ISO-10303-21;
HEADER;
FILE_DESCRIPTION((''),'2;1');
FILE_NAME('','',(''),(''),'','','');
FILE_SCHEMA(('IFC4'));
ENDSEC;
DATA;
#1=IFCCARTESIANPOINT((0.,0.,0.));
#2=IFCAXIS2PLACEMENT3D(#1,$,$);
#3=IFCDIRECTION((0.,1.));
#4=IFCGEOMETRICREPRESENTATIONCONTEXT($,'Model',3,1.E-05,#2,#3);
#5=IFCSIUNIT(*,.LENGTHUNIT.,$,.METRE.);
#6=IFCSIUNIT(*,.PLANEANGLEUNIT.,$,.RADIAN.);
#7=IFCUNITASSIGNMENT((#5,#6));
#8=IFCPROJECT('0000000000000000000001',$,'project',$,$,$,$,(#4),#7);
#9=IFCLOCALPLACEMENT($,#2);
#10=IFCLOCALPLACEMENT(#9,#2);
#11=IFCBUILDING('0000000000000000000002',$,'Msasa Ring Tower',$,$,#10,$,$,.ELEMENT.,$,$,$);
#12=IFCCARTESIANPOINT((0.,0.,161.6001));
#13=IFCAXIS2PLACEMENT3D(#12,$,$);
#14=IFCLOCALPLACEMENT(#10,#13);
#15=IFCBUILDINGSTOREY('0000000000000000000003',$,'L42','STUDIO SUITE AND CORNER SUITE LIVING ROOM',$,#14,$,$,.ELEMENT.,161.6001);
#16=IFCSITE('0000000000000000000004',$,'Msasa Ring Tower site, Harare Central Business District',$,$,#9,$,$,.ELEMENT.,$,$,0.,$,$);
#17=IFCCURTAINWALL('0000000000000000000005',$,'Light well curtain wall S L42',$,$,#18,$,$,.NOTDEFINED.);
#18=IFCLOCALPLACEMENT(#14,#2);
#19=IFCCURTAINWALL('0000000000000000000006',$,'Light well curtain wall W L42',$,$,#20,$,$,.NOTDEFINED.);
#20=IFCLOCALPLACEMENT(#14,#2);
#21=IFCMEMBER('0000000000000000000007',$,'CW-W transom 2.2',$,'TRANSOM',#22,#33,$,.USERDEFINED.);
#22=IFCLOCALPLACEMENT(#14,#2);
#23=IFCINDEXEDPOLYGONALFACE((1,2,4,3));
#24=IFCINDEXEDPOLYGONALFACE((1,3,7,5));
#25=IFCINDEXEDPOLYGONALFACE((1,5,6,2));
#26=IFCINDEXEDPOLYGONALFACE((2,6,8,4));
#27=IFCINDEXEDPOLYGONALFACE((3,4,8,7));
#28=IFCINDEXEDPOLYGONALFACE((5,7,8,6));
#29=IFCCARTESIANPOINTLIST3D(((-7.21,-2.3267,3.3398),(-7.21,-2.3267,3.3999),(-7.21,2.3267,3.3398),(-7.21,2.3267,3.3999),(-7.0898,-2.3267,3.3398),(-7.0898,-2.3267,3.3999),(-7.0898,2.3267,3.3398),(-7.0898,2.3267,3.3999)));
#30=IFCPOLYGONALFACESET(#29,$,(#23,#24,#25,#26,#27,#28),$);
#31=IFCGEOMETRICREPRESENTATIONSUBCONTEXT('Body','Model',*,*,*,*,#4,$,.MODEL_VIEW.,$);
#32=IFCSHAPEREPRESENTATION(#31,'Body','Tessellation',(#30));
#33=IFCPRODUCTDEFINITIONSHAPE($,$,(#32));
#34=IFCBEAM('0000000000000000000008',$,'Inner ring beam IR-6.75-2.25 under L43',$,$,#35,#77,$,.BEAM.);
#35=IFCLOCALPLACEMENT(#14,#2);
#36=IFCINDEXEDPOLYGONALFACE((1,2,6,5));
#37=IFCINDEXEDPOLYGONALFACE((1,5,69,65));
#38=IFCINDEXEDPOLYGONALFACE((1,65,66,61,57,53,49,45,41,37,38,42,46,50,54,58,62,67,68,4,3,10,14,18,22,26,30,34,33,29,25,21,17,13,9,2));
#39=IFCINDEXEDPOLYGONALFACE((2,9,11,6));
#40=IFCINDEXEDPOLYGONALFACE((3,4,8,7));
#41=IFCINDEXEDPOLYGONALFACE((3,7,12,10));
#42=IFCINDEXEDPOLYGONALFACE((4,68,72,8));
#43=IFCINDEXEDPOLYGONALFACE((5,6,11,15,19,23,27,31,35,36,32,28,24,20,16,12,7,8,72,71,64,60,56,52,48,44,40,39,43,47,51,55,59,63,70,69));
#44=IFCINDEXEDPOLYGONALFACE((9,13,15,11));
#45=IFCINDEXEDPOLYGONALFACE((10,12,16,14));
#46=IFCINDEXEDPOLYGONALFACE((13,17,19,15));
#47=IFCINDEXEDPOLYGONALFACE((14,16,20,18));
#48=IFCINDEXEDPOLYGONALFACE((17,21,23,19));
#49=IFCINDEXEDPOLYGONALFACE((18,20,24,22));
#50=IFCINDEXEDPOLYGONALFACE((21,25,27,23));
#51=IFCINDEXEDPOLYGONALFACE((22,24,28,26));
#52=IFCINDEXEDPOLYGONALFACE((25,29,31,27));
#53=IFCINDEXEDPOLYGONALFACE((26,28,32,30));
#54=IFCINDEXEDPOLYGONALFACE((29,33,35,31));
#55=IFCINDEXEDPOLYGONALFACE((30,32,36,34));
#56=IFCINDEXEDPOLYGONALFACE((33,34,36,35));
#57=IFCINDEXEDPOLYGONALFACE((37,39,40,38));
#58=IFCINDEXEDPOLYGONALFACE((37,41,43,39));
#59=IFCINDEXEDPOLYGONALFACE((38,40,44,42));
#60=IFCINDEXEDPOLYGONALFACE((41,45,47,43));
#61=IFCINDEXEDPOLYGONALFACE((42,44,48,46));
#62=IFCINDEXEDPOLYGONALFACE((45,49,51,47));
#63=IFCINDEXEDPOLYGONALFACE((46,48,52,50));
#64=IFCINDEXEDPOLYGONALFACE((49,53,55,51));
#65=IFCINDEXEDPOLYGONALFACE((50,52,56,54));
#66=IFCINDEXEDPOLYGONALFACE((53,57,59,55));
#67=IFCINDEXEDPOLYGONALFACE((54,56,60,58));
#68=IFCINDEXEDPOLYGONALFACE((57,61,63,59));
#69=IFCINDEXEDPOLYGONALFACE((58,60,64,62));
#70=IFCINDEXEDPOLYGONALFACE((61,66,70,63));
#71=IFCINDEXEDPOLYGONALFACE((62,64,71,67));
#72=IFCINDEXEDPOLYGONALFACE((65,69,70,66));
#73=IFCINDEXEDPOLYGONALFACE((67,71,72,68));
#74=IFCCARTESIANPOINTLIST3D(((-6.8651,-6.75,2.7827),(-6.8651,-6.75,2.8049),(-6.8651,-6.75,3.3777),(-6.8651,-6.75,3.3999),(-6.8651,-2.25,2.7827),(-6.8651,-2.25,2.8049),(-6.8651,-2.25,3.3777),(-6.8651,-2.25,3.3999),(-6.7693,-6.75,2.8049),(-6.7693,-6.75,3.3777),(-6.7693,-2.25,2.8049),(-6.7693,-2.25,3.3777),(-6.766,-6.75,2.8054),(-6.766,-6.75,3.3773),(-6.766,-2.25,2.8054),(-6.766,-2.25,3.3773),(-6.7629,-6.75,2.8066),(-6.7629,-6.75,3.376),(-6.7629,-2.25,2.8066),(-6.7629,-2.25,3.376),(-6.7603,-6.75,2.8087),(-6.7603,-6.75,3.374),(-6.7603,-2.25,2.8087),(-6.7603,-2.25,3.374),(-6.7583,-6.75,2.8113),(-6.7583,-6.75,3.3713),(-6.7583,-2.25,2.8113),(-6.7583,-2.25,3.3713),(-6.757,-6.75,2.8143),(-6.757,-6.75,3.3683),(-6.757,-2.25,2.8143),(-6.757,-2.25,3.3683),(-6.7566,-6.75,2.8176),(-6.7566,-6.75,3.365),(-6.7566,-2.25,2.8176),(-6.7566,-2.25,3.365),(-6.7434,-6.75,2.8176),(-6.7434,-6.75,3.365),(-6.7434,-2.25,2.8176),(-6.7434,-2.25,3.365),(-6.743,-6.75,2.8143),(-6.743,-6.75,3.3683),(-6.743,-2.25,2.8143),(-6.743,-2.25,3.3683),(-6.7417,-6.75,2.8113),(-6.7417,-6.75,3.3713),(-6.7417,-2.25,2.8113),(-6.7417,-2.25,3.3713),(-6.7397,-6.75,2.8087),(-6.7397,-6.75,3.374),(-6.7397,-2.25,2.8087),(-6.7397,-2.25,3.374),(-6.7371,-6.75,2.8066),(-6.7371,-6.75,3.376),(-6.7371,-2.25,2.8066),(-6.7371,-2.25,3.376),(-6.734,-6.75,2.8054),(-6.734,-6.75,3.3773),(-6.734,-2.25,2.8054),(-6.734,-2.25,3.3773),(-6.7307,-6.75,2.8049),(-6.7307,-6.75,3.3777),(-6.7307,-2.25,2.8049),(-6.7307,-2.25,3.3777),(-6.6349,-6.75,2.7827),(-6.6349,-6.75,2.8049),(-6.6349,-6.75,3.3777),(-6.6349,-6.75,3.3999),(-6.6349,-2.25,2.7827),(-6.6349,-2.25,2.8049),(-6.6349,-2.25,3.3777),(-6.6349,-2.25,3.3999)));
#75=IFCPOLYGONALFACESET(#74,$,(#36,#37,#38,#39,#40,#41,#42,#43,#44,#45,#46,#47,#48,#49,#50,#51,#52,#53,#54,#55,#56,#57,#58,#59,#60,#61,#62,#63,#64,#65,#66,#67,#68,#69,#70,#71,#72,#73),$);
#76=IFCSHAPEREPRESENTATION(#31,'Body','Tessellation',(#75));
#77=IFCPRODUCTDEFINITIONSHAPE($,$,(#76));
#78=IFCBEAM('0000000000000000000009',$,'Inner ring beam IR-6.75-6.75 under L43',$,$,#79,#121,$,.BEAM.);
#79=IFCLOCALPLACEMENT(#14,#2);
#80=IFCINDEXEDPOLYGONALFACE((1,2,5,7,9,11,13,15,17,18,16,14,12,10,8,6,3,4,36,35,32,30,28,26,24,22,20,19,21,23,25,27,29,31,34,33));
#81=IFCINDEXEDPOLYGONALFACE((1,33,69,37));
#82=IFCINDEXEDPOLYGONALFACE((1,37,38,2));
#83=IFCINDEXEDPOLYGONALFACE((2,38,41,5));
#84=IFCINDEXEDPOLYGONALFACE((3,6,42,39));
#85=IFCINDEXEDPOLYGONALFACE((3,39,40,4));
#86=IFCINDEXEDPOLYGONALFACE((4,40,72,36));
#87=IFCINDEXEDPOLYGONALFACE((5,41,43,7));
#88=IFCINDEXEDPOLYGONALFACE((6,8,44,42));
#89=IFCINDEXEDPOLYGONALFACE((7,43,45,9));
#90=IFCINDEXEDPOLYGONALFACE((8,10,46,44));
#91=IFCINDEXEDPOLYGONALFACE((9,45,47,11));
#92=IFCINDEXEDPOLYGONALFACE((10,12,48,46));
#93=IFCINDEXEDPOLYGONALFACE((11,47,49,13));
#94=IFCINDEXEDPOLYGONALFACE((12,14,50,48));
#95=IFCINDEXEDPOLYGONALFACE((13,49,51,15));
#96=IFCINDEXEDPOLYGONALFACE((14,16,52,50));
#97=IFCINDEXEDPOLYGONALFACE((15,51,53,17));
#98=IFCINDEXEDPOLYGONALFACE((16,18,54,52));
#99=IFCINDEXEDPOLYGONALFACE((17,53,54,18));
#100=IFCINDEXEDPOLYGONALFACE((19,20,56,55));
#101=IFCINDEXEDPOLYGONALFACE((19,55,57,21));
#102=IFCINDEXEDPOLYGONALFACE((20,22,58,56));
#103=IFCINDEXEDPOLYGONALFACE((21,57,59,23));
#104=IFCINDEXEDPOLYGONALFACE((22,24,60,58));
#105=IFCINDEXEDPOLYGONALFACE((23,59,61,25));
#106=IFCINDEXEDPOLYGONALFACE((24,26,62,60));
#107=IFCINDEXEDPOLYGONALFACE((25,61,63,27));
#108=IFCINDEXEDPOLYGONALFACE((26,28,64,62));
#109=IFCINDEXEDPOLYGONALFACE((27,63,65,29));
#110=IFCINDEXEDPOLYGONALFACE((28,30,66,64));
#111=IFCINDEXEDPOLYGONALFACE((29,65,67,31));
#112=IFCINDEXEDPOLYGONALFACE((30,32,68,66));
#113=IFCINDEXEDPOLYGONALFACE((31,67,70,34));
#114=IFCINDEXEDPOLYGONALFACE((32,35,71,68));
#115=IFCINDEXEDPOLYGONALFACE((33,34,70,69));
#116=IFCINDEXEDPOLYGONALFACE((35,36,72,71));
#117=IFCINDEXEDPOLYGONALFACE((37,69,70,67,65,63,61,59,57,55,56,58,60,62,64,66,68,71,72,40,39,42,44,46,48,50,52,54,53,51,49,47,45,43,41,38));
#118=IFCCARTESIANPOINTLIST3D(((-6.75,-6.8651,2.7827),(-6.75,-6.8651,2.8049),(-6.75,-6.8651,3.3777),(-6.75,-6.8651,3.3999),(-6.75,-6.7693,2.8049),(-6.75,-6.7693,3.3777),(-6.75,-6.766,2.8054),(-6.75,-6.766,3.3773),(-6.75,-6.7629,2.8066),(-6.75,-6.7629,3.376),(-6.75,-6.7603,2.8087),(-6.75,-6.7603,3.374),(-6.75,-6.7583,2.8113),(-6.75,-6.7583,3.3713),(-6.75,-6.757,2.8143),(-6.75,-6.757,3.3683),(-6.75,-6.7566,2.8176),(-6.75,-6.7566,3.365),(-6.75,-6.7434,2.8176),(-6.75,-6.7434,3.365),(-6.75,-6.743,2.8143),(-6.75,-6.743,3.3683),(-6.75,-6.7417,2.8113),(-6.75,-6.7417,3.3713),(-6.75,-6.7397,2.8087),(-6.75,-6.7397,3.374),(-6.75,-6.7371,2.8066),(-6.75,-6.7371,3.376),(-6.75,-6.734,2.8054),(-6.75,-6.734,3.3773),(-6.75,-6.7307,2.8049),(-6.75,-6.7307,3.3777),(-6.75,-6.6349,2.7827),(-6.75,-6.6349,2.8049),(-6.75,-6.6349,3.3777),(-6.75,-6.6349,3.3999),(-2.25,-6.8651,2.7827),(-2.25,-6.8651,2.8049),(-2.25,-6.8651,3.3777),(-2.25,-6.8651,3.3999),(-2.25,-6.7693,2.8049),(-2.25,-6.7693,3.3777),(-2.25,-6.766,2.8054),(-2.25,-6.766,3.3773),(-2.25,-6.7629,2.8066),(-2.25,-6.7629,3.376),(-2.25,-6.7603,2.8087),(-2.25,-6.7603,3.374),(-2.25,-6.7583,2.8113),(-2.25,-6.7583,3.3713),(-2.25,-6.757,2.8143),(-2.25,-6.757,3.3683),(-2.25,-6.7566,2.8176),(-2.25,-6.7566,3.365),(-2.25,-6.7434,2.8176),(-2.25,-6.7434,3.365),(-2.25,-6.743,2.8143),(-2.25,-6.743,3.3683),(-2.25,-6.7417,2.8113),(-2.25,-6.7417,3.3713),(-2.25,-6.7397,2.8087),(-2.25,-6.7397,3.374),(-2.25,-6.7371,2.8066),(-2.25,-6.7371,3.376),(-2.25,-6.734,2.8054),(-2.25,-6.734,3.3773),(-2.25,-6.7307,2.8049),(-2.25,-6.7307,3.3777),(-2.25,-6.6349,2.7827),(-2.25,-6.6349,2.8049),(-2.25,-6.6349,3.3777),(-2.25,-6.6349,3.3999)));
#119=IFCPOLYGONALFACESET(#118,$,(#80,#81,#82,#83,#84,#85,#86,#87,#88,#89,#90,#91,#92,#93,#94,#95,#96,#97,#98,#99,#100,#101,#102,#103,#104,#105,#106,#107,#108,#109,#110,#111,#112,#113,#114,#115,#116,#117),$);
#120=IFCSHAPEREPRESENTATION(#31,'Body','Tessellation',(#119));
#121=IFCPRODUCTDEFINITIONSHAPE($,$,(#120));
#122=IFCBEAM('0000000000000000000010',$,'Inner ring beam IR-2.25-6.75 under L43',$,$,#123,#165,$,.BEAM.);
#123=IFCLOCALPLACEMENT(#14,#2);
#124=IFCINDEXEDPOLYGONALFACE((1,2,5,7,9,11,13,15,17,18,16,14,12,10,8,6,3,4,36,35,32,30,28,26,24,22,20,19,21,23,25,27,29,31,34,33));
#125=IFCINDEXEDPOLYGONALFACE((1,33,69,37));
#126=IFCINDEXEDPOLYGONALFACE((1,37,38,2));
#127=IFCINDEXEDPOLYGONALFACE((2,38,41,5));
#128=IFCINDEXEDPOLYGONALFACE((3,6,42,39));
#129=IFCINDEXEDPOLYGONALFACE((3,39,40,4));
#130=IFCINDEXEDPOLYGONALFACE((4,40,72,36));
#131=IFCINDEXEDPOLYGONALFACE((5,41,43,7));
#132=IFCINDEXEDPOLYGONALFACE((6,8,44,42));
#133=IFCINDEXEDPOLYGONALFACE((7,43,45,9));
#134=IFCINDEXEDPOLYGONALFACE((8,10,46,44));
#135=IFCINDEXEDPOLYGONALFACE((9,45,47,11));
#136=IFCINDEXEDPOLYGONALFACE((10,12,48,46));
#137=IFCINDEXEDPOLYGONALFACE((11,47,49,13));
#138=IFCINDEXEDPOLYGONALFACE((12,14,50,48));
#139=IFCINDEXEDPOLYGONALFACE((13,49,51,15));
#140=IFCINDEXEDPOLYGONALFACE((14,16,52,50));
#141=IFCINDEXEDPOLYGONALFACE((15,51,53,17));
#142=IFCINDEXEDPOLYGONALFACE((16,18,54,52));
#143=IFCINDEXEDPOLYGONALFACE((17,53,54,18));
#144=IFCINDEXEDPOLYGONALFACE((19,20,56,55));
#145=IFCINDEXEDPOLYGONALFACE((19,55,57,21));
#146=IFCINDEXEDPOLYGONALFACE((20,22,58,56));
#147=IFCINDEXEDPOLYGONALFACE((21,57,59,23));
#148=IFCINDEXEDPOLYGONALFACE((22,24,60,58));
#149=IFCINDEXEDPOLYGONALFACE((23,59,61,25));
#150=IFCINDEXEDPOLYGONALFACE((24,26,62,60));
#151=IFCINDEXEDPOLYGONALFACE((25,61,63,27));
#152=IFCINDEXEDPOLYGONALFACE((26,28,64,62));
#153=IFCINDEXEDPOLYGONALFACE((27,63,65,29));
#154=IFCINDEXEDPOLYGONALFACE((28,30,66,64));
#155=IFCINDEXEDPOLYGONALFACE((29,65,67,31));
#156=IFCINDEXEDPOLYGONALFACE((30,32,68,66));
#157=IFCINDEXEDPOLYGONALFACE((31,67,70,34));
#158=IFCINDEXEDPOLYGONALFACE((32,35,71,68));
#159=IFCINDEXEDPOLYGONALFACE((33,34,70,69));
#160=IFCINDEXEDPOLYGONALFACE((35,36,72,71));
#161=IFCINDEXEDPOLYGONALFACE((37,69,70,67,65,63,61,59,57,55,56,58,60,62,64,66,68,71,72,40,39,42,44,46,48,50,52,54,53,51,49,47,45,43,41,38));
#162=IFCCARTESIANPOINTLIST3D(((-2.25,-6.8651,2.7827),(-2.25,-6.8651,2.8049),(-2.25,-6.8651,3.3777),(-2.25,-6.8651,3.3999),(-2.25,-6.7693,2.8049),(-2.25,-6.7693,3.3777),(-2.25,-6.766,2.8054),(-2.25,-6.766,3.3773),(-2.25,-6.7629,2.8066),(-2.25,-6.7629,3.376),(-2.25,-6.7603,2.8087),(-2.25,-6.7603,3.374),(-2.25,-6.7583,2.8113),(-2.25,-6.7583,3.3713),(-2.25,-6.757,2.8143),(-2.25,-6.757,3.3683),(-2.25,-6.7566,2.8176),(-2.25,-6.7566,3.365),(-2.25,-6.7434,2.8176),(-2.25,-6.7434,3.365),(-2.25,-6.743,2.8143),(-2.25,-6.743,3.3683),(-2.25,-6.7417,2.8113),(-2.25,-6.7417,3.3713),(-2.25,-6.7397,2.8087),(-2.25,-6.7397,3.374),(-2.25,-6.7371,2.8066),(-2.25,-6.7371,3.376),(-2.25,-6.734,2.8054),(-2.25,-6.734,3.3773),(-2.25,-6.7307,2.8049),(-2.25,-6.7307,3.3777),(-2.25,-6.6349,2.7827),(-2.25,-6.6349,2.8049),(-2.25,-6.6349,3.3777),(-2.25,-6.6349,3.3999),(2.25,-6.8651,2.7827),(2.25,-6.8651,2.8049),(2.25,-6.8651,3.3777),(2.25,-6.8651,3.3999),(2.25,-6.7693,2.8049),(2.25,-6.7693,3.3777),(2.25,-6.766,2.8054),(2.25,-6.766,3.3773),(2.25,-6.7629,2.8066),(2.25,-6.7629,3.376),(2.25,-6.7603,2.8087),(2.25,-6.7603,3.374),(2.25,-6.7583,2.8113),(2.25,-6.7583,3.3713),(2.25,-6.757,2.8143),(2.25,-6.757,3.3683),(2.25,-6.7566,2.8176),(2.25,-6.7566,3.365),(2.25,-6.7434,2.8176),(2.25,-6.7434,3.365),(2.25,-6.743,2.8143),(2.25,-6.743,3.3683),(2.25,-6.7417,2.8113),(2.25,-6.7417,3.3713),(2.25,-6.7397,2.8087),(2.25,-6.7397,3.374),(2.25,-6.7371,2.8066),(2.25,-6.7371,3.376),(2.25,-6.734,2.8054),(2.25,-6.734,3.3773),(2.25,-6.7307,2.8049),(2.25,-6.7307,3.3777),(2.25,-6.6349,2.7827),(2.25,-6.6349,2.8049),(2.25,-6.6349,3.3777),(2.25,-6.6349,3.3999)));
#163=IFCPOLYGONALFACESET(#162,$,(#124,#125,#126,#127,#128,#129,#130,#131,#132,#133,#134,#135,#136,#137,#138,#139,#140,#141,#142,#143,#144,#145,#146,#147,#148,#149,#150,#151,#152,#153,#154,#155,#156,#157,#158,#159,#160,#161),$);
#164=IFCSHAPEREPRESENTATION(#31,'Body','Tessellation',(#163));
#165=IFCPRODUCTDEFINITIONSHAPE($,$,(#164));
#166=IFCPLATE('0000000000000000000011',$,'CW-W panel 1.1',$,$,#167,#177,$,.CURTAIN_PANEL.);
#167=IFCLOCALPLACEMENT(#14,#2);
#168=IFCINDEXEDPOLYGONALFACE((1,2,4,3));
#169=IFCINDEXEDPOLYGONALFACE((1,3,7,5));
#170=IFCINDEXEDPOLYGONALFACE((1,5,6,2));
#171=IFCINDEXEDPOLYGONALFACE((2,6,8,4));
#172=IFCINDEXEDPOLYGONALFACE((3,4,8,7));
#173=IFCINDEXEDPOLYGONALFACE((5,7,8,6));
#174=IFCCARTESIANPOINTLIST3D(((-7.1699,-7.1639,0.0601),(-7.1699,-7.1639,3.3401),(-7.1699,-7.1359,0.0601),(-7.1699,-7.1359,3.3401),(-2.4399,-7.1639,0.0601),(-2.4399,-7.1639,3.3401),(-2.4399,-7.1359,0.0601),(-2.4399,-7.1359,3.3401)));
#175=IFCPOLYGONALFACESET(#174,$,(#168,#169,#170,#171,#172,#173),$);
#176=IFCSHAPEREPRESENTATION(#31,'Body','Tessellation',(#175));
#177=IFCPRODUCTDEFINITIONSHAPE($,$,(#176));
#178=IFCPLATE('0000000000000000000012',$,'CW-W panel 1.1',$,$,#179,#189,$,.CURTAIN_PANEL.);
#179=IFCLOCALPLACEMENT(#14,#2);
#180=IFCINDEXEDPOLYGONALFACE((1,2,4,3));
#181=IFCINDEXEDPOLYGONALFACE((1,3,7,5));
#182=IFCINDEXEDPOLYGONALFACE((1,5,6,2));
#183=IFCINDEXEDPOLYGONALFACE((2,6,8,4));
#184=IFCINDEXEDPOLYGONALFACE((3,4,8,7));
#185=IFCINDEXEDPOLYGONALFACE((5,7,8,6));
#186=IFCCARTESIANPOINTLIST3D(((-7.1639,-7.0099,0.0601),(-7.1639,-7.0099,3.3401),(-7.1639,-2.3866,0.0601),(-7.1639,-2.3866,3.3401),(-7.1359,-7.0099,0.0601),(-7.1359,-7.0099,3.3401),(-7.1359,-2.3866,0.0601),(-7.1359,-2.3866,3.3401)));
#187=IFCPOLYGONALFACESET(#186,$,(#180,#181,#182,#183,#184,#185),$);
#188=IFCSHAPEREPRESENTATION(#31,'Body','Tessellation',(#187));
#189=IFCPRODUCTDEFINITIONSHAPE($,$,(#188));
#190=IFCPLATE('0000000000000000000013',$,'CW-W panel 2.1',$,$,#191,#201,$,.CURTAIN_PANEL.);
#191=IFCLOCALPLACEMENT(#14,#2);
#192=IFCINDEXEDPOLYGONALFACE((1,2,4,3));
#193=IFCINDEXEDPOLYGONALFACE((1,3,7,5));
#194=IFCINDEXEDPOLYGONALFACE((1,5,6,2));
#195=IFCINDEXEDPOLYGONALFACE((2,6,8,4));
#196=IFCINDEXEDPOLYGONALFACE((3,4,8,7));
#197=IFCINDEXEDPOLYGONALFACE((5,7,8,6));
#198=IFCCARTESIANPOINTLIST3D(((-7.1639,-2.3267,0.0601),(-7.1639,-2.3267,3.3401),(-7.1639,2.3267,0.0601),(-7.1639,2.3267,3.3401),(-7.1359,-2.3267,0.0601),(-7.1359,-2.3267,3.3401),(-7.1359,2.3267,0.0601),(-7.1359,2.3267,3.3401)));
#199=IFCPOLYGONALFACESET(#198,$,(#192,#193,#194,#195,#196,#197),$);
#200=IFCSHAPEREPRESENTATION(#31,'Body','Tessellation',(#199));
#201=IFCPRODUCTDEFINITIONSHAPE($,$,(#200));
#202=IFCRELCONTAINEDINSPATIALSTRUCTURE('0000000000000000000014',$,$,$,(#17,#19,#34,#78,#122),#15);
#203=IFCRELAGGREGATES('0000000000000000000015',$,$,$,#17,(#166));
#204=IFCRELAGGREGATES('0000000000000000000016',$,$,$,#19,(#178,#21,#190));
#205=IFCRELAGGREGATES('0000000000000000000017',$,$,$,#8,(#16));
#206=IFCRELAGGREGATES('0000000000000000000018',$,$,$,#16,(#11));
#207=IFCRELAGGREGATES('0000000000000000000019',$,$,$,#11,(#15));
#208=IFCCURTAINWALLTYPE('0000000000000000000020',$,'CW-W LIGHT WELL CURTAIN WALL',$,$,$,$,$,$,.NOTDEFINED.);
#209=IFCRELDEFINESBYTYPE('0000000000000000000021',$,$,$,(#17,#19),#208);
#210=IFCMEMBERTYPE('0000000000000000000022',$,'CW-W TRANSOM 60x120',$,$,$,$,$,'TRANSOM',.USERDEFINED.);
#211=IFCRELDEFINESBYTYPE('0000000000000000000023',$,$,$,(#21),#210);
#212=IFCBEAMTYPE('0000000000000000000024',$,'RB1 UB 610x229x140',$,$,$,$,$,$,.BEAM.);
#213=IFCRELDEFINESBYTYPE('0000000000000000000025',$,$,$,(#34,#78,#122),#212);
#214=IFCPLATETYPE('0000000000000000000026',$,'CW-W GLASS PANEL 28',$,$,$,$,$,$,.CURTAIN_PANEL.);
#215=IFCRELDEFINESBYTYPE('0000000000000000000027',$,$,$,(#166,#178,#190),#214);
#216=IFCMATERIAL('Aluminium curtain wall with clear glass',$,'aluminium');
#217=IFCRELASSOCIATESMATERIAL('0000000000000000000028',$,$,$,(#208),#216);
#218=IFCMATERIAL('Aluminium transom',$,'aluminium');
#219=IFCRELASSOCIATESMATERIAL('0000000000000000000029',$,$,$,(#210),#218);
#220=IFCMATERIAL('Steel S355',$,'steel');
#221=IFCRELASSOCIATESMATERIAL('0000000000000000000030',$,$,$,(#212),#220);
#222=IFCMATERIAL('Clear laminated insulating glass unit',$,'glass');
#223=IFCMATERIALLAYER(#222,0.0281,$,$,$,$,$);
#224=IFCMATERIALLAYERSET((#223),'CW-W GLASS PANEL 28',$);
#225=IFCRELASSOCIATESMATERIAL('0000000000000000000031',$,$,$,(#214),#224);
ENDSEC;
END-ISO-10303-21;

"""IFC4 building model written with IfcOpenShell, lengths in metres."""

from ifc_helpers import new_model, si_unit, direction, frame, origin, origin_2d, place, context, subcontext, project, spatial, rectangle, i_section, extrude, material, layer, layer_set, material_profile, profile_set, type_object, element, aggregate, save


model = new_model("IFC4")

# Units and contexts
model_context = context("Model", 3, precision=1e-05, world=origin(), true_north=direction((0.0, 1.0)))
body_context = subcontext(model_context, "Body", "Model", "MODEL_VIEW")
ifc_project = project(units=[si_unit("LENGTHUNIT", "METRE"), si_unit("PLANEANGLEUNIT", "RADIAN")], contexts=[model_context])

# Site, building, storey
site_placement = place(None, origin())
site = spatial("IfcSite", under=ifc_project, at=site_placement, Name="Msasa Ring Tower site, Harare Central Business District", CompositionType="ELEMENT", RefElevation=0.0)
building_placement = place(site_placement, origin())
building = spatial("IfcBuilding", under=site, at=building_placement, Name="Msasa Ring Tower", CompositionType="ELEMENT")
storey_placement = place(building_placement, frame((0.0, 0.0, 161.6001)))
storey = spatial("IfcBuildingStorey", under=building, at=storey_placement, Name="L42", Description="STUDIO SUITE AND CORNER SUITE LIVING ROOM", CompositionType="ELEMENT", Elevation=161.6001)

# Curtain walls
ifc_material_1 = material(Name="Aluminium curtain wall with clear glass", Category="aluminium")
curtain_wall_type = type_object("IfcCurtainWallType", Name="CW-W LIGHT WELL CURTAIN WALL", PredefinedType="NOTDEFINED", material=ifc_material_1)
curtain_wall_1_placement = place(storey_placement, origin())
curtain_wall_1 = element("IfcCurtainWall", 1, at=curtain_wall_1_placement, inside=storey, type_object=curtain_wall_type, Name="Light well curtain wall S L42", PredefinedType="NOTDEFINED")
curtain_wall_2_placement = place(storey_placement, origin())
curtain_wall_2 = element("IfcCurtainWall", 2, at=curtain_wall_2_placement, inside=storey, type_object=curtain_wall_type, Name="Light well curtain wall W L42", PredefinedType="NOTDEFINED")

# Member
ifc_material_2 = material(Name="Aluminium transom", Category="aluminium")
ifc_material_profile_1 = material_profile(ifc_material_2, rectangle(XDim=0.1201, YDim=0.0601, at=origin_2d()), Name="AL 60x120")
ifc_profile_set_1 = profile_set([ifc_material_profile_1], Name="Aluminium transom")
member_type_1 = type_object("IfcMemberType", Name="CW-W TRANSOM 60x120", ElementType="TRANSOM", PredefinedType="USERDEFINED", material=ifc_profile_set_1)
member_1_placement = place(storey_placement, frame((-7.1499, -2.3267, 3.3699), z_axis=(0.0, 1.0, 0.0), x_axis=(-1.0, 0.0, 0.0)))
member_1 = element("IfcMember", 3, at=member_1_placement, type_object=member_type_1, Name="CW-W transom 2.2", ObjectType="TRANSOM", PredefinedType="USERDEFINED", context=body_context, shape_type="SweptSolid", body=[
    extrude(rectangle(XDim=0.1201, YDim=0.0601, at=origin_2d()), origin(), (0.0, 0.0, 1.0), 4.6533),
])

# Beams
ifc_material_3 = material(Name="Steel S355", Category="steel")
ifc_material_profile_2 = material_profile(ifc_material_3, i_section(OverallWidth=0.2302, OverallDepth=0.6172, WebThickness=0.0132, FlangeThickness=0.0222, FilletRadius=0.0127, at=origin_2d()), Name="UB 610x229x140")
ifc_profile_set_2 = profile_set([ifc_material_profile_2], Name="Steel S355")
beam_type = type_object("IfcBeamType", Name="RB1 UB 610x229x140", PredefinedType="BEAM", material=ifc_profile_set_2)
for number, where, z_axis, x_axis, name in (
    (4, (-6.75, -2.25, 3.0913), (0.0, -1.0, 0.0), (1.0, 0.0, 0.0), "Inner ring beam IR-6.75-2.25 under L43"),
    (5, (-6.75, -6.75, 3.0913), (1.0, 0.0, 0.0), (0.0, 1.0, 0.0), "Inner ring beam IR-6.75-6.75 under L43"),
    (6, (-2.25, -6.75, 3.0913), (1.0, 0.0, 0.0), (0.0, 1.0, 0.0), "Inner ring beam IR-2.25-6.75 under L43"),
):
    element("IfcBeam", number, at=place(storey_placement, frame(where, z_axis=z_axis, x_axis=x_axis)), inside=storey, type_object=beam_type, Name=name, PredefinedType="BEAM", context=body_context, shape_type="SweptSolid", body=[
        extrude(i_section(OverallWidth=0.2302, OverallDepth=0.6172, WebThickness=0.0132, FlangeThickness=0.0222, FilletRadius=0.0127, at=origin_2d()), origin(), (0.0, 0.0, 1.0), 4.5),
    ])

# Plates
ifc_material_4 = material(Name="Clear laminated insulating glass unit", Category="glass")
ifc_layer_1 = layer(ifc_material_4, 0.0281)
ifc_layer_set_1 = layer_set([ifc_layer_1], Name="CW-W GLASS PANEL 28")
plate_type = type_object("IfcPlateType", Name="CW-W GLASS PANEL 28", PredefinedType="CURTAIN_PANEL", material=ifc_layer_set_1)
plate_1_placement = place(storey_placement, frame((-4.8049, -7.1499, 0.0601), z_axis=(0.0, 0.0, 1.0), x_axis=(1.0, 0.0, 0.0)))
plate_1 = element("IfcPlate", 7, at=plate_1_placement, type_object=plate_type, Name="CW-W panel 1.1", PredefinedType="CURTAIN_PANEL", context=body_context, shape_type="SweptSolid", body=[
    extrude(rectangle(XDim=4.73, YDim=0.0281, at=origin_2d()), origin(), (0.0, 0.0, 1.0), 3.28),
])
aggregate(curtain_wall_1, [plate_1])
plate_2_placement = place(storey_placement, frame((-7.1499, -4.6982, 0.0601), z_axis=(0.0, 0.0, 1.0), x_axis=(0.0, 1.0, 0.0)))
plate_2 = element("IfcPlate", 8, at=plate_2_placement, type_object=plate_type, Name="CW-W panel 1.1", PredefinedType="CURTAIN_PANEL", context=body_context, shape_type="SweptSolid", body=[
    extrude(rectangle(XDim=4.6233, YDim=0.0281, at=origin_2d()), origin(), (0.0, 0.0, 1.0), 3.28),
])
plate_3_placement = place(storey_placement, frame((-7.1499, 0.0, 0.0601), z_axis=(0.0, 0.0, 1.0), x_axis=(0.0, 1.0, 0.0)))
plate_3 = element("IfcPlate", 9, at=plate_3_placement, type_object=plate_type, Name="CW-W panel 2.1", PredefinedType="CURTAIN_PANEL", context=body_context, shape_type="SweptSolid", body=[
    extrude(rectangle(XDim=4.6533, YDim=0.0281, at=origin_2d()), origin(), (0.0, 0.0, 1.0), 3.28),
])
aggregate(curtain_wall_2, [plate_2, member_1, plate_3])

save(model, "model.ifc")
